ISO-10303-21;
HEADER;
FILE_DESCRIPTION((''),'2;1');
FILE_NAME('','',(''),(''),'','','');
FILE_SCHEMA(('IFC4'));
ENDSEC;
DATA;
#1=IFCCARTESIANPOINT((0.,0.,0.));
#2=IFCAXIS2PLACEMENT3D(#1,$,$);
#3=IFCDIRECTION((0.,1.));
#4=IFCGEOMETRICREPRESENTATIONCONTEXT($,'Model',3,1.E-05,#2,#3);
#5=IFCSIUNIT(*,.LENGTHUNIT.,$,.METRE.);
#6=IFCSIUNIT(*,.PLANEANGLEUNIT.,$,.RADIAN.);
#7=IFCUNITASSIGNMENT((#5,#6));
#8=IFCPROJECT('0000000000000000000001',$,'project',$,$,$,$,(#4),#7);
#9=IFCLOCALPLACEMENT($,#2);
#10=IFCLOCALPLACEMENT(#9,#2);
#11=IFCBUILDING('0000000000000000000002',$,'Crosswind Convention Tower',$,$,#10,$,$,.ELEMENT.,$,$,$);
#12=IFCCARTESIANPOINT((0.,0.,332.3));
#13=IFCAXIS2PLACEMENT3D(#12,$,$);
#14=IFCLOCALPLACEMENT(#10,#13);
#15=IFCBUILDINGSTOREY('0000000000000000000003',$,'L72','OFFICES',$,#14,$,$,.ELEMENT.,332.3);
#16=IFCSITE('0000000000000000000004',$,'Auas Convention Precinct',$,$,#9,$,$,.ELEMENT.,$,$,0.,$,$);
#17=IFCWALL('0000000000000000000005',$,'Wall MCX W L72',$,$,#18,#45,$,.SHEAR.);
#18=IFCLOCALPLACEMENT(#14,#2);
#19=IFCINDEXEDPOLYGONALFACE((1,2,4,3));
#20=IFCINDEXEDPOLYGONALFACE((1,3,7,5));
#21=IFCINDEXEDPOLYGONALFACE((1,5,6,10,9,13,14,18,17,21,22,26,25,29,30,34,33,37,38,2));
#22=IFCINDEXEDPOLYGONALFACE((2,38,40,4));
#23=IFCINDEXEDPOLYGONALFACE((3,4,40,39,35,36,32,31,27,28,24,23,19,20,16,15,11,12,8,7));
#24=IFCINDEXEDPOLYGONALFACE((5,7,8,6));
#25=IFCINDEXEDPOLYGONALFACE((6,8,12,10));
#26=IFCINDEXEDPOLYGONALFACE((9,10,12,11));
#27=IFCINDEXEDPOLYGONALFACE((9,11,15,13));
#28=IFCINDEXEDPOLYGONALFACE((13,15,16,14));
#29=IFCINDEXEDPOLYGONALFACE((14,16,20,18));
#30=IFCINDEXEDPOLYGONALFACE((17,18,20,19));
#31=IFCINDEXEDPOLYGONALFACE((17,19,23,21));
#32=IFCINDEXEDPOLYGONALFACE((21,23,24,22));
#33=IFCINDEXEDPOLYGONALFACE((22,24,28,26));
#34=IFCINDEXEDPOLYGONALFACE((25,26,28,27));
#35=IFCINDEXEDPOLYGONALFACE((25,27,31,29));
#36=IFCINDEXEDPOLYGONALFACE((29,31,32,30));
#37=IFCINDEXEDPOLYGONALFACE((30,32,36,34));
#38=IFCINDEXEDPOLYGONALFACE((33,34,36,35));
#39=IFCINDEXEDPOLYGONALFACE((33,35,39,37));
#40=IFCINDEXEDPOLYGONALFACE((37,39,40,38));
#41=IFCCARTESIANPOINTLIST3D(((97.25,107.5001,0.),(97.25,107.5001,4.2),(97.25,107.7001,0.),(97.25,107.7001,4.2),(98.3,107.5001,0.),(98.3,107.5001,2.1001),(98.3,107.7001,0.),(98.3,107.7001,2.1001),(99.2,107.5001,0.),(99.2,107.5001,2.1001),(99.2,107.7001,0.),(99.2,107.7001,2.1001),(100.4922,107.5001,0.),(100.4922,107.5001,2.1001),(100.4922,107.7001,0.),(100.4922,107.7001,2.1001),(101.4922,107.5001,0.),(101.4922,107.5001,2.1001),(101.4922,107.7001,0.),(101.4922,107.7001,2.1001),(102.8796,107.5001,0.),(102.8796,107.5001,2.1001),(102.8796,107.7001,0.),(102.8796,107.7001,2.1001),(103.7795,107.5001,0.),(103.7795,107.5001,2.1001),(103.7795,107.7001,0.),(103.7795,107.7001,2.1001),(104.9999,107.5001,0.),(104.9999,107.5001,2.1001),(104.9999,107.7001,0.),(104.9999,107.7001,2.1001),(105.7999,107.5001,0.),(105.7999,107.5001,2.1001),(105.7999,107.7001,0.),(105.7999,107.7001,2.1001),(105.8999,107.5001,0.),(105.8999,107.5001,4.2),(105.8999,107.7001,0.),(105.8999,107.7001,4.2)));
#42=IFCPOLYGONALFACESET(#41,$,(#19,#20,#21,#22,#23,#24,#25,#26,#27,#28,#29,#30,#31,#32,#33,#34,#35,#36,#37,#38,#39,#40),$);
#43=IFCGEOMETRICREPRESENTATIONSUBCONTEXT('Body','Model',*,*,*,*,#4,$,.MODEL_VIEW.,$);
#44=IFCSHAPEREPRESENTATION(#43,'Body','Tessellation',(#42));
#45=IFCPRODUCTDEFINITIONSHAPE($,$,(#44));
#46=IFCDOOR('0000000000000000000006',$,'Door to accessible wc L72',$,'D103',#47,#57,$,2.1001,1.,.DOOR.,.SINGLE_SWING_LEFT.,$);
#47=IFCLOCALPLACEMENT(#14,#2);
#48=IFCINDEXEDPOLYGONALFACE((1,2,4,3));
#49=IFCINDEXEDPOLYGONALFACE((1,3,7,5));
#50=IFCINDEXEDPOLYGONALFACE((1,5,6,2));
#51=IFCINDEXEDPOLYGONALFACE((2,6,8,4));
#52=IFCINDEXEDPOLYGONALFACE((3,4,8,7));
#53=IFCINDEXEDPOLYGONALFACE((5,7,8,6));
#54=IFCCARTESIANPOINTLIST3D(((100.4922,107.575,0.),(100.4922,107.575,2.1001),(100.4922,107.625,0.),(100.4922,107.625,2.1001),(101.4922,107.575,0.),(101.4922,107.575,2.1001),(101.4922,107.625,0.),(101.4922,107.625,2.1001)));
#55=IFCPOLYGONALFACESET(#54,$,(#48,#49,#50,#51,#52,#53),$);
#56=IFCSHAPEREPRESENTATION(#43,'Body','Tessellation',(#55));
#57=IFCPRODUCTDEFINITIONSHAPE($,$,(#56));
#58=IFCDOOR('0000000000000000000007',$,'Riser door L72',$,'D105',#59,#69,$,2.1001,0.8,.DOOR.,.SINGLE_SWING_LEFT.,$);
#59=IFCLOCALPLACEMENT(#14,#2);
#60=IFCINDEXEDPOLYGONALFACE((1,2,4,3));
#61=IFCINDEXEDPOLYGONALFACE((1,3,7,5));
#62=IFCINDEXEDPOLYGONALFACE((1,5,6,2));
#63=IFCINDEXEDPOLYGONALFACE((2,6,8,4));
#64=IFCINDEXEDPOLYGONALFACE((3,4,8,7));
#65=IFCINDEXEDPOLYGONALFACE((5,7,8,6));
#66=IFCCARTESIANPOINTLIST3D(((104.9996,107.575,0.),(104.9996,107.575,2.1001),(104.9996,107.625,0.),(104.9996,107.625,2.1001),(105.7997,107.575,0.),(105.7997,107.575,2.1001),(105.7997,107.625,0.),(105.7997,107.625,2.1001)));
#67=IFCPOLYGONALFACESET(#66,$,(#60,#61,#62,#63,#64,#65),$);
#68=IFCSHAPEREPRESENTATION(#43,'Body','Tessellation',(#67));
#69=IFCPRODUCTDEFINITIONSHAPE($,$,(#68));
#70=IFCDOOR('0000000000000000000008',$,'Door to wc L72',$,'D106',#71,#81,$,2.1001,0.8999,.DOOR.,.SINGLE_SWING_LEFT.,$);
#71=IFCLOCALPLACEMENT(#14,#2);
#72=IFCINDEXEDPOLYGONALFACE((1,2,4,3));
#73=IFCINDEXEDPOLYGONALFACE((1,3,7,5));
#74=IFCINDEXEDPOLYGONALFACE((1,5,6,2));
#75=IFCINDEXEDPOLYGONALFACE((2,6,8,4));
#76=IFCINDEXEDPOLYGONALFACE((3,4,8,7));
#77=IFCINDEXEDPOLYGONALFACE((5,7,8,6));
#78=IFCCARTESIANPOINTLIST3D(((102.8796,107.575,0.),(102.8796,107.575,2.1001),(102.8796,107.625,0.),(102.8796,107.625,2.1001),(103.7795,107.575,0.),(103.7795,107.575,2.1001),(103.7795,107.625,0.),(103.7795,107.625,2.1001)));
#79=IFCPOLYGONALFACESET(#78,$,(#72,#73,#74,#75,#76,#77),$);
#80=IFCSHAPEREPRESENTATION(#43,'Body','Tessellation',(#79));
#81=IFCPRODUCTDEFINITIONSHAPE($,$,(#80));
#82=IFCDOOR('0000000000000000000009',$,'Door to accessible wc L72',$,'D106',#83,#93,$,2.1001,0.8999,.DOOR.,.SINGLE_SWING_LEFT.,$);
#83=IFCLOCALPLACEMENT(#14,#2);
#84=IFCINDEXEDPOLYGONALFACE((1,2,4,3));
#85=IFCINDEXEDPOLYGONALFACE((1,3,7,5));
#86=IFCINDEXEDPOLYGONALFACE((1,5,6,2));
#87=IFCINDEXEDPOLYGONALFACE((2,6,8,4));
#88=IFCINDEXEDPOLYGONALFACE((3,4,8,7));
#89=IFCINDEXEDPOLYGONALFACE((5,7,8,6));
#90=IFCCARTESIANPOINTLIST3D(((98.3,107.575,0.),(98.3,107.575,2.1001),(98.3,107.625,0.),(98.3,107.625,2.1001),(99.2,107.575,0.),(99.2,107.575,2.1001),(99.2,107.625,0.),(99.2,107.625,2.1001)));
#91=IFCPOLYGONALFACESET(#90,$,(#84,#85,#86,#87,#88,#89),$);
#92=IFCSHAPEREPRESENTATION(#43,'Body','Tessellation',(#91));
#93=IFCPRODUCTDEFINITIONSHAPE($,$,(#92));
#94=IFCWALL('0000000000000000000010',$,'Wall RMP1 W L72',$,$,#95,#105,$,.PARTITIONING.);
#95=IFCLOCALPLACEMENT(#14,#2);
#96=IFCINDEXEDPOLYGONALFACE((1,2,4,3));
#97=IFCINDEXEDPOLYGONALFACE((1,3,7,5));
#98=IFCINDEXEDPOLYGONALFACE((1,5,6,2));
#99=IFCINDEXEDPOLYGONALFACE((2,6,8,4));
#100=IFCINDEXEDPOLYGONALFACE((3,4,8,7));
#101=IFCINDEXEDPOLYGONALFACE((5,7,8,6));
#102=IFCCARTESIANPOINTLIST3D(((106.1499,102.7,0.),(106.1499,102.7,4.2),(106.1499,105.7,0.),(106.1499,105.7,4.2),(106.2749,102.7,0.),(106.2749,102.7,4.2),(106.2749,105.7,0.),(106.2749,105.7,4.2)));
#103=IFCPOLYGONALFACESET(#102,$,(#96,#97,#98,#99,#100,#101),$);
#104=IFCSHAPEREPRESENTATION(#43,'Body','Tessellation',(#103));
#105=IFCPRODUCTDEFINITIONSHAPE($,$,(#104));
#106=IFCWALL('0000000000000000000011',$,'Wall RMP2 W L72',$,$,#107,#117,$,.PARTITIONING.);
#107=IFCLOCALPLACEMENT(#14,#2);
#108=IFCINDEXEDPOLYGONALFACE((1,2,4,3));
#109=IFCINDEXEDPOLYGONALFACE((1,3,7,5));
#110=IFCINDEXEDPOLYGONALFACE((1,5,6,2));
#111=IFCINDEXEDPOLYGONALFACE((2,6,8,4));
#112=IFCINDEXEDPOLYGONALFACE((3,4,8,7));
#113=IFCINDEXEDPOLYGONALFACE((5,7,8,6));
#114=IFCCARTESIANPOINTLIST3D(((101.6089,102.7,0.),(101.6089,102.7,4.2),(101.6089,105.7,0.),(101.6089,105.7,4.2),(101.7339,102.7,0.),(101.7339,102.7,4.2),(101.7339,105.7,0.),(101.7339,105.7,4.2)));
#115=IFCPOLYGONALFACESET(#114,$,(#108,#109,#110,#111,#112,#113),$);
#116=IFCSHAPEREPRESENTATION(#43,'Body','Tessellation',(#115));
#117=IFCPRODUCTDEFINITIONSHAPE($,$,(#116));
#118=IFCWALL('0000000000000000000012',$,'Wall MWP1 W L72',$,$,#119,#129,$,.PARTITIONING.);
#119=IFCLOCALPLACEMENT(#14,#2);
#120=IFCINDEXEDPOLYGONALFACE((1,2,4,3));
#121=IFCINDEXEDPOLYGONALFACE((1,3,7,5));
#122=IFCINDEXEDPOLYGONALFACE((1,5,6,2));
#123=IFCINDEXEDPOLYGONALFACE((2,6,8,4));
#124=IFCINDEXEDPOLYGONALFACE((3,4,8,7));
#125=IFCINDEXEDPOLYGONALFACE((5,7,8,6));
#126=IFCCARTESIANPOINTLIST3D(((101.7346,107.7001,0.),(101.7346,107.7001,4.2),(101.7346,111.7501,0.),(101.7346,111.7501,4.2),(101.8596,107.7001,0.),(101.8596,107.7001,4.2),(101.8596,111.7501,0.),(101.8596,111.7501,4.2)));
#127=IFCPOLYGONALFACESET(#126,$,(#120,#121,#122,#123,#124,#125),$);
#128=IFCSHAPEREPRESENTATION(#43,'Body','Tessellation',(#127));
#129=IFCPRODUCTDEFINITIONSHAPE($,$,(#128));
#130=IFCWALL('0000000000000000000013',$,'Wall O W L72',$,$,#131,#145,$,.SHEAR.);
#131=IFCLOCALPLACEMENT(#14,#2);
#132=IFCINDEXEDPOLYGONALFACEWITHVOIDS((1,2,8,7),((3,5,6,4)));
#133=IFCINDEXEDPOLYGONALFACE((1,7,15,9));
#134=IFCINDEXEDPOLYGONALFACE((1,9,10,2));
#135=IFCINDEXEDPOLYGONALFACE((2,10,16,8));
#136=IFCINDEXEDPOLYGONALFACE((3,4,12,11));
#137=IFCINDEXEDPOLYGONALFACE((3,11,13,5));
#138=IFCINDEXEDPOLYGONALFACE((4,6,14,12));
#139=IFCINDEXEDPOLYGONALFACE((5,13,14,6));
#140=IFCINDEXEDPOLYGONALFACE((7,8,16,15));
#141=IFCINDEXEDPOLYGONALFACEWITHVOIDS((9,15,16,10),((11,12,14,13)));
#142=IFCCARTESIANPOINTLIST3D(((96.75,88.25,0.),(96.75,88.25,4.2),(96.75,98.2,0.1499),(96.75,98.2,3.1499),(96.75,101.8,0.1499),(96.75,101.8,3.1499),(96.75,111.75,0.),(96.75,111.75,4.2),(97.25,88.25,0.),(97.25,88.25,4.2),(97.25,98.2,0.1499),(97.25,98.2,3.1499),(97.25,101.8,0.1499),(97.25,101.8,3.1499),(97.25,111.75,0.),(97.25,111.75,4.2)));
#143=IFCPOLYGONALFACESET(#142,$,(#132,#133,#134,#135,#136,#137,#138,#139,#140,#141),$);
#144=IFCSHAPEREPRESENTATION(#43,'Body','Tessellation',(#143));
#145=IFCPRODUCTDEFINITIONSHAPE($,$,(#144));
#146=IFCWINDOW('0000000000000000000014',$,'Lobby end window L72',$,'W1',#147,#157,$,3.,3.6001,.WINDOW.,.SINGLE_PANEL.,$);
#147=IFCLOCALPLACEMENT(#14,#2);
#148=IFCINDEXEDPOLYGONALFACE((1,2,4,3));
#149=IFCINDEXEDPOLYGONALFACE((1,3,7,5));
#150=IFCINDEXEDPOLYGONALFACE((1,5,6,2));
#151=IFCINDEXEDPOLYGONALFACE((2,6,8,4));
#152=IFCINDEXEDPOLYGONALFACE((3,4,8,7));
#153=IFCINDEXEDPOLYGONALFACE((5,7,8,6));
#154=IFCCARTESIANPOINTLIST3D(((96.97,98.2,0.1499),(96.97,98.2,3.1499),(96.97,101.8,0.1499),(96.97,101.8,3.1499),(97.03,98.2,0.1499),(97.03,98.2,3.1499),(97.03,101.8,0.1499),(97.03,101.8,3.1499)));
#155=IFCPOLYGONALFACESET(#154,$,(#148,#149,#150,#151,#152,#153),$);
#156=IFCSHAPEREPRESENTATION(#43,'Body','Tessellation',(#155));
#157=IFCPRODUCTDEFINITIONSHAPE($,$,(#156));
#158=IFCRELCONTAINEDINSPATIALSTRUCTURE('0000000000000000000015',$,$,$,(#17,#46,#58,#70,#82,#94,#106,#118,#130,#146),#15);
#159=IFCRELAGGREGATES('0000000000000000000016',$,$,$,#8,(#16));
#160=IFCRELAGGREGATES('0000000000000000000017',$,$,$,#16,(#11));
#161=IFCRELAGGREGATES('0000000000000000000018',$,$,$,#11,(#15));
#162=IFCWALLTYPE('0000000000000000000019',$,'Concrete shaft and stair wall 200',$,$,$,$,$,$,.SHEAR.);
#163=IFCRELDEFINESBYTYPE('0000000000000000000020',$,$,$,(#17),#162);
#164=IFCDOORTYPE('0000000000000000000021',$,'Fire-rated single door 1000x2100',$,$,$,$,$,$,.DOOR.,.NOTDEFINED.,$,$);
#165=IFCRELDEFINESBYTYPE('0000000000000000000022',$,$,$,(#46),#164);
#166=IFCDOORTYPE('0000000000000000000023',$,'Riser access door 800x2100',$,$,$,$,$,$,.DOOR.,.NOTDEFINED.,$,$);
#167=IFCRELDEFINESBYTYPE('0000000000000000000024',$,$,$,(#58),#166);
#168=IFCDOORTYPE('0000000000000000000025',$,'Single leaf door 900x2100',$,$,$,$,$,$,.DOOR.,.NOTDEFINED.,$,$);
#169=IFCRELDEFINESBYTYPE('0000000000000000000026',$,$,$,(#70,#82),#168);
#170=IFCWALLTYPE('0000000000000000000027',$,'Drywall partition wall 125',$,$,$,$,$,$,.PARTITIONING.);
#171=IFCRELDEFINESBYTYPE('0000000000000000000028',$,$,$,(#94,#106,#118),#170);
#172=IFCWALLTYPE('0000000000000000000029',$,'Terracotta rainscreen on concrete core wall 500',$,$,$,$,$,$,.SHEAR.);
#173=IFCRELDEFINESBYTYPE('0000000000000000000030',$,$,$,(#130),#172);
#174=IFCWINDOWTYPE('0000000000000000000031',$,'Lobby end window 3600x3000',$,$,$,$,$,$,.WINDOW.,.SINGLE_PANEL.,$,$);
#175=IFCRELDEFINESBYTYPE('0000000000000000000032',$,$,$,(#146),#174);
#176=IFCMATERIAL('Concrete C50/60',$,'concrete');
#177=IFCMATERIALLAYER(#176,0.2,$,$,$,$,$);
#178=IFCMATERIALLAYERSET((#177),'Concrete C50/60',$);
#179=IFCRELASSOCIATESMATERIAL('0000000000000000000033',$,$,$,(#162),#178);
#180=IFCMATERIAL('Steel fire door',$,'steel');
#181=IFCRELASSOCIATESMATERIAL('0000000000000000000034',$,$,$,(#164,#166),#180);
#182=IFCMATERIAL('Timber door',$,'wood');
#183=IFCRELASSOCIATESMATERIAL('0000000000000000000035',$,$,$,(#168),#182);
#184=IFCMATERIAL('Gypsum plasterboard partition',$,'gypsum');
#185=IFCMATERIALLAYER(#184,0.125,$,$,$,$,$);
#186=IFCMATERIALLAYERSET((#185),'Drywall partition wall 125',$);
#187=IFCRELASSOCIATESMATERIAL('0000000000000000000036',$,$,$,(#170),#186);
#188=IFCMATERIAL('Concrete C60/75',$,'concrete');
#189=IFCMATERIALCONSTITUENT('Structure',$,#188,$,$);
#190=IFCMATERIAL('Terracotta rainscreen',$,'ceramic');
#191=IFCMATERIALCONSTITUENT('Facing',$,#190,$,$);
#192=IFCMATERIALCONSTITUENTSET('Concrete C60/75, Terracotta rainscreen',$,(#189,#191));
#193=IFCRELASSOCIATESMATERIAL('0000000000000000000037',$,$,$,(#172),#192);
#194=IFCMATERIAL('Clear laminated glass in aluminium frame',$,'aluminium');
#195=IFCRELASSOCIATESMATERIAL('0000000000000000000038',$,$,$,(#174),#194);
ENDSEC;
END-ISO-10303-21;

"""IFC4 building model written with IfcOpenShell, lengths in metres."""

from ifc_helpers import new_model, si_unit, direction, frame, frame_2d, origin, place, context, subcontext, project, spatial, rectangle, extrude, material, layer, layer_set, constituent, constituent_set, type_object, element, fill, save


model = new_model("IFC4")

# Units and contexts
model_context = context("Model", 3, precision=1e-05, world=origin(), true_north=direction((0.0, 1.0)))
body_context = subcontext(model_context, "Body", "Model", "MODEL_VIEW")
ifc_project = project(units=[si_unit("LENGTHUNIT", "METRE"), si_unit("PLANEANGLEUNIT", "RADIAN")], contexts=[model_context])

# Site, building, storey
site_placement = place(None, origin())
site = spatial("IfcSite", under=ifc_project, at=site_placement, Name="Auas Convention Precinct", CompositionType="ELEMENT", RefElevation=0.0)
building_placement = place(site_placement, origin())
building = spatial("IfcBuilding", under=site, at=building_placement, Name="Crosswind Convention Tower", CompositionType="ELEMENT")
storey_placement = place(building_placement, frame((0.0, 0.0, 332.3)))
storey = spatial("IfcBuildingStorey", under=building, at=storey_placement, Name="L72", Description="OFFICES", CompositionType="ELEMENT", Elevation=332.3)

# Shared definitions
ifc_material_1 = material(Name="Concrete C50/60", Category="concrete")
ifc_layer_1 = layer(ifc_material_1, 0.2)
ifc_layer_set_1 = layer_set([ifc_layer_1], Name="Concrete C50/60")
wall_type_1 = type_object("IfcWallType", Name="Concrete shaft and stair wall 200", PredefinedType="SHEAR", material=ifc_layer_set_1)

# Wall, openings, doors
wall_1_placement = place(storey_placement, frame((105.8999, 107.6001, 0.0), z_axis=(0.0, 0.0, 1.0), x_axis=(-1.0, 0.0, 0.0)))
wall_1 = element("IfcWall", 1, at=wall_1_placement, inside=storey, type_object=wall_type_1, Name="Wall MCX W L72", PredefinedType="SHEAR", context=body_context, shape_type="SweptSolid", body=[
    extrude(rectangle(XDim=8.6499, YDim=0.2, at=frame_2d((4.325, 0.0))), origin(), (0.0, 0.0, 1.0), 4.2),
])
opening_1_placement = place(wall_1_placement, frame((0.1001, 0.0, 0.0)))
opening_1 = element("IfcOpeningElement", 2, at=opening_1_placement, cuts=wall_1, PredefinedType="OPENING", context=body_context, shape_type="SweptSolid", body=[
    extrude(rectangle(XDim=0.8, YDim=2.1001, at=frame_2d((0.3999, 1.05))), frame((0.0, 0.1099, 0.0), z_axis=(0.0, -1.0, 0.0), x_axis=(1.0, 0.0, 0.0)), (0.0, 0.0, 1.0), 0.22),
])
opening_2_placement = place(wall_1_placement, frame((2.1204, 0.0, 0.0)))
opening_2 = element("IfcOpeningElement", 3, at=opening_2_placement, cuts=wall_1, PredefinedType="OPENING", context=body_context, shape_type="SweptSolid", body=[
    extrude(rectangle(XDim=0.8999, YDim=2.1001, at=frame_2d((0.45, 1.05))), frame((0.0, 0.1099, 0.0), z_axis=(0.0, -1.0, 0.0), x_axis=(1.0, 0.0, 0.0)), (0.0, 0.0, 1.0), 0.22),
])
opening_3_placement = place(wall_1_placement, frame((4.4077, 0.0, 0.0)))
opening_3 = element("IfcOpeningElement", 4, at=opening_3_placement, cuts=wall_1, PredefinedType="OPENING", context=body_context, shape_type="SweptSolid", body=[
    extrude(rectangle(XDim=1.0, YDim=2.1001, at=frame_2d((0.5, 1.05))), frame((0.0, 0.1099, 0.0), z_axis=(0.0, -1.0, 0.0), x_axis=(1.0, 0.0, 0.0)), (0.0, 0.0, 1.0), 0.22),
])
opening_4_placement = place(wall_1_placement, frame((6.7, 0.0, 0.0)))
opening_4 = element("IfcOpeningElement", 5, at=opening_4_placement, cuts=wall_1, PredefinedType="OPENING", context=body_context, shape_type="SweptSolid", body=[
    extrude(rectangle(XDim=0.8999, YDim=2.1001, at=frame_2d((0.45, 1.05))), frame((0.0, 0.1099, 0.0), z_axis=(0.0, -1.0, 0.0), x_axis=(1.0, 0.0, 0.0)), (0.0, 0.0, 1.0), 0.22),
])
ifc_material_2 = material(Name="Steel fire door", Category="steel")
door_type_1 = type_object("IfcDoorType", Name="Fire-rated single door 1000x2100", OperationType="NOTDEFINED", PredefinedType="DOOR", material=ifc_material_2)
door_1_placement = place(opening_3_placement, frame((1.0, 0.0, 0.0), z_axis=(0.0, 0.0, 1.0), x_axis=(-1.0, 0.0, 0.0)))
door_1 = element("IfcDoor", 6, at=door_1_placement, inside=storey, type_object=door_type_1, Name="Door to accessible wc L72", ObjectType="D103", OperationType="SINGLE_SWING_LEFT", OverallHeight=2.1001, OverallWidth=1.0, PredefinedType="DOOR", context=body_context, shape_type="SweptSolid", body=[
    extrude(rectangle(XDim=1.0, YDim=2.1001, at=frame_2d((0.5, 1.05))), frame((0.0, 0.0249, 0.0), z_axis=(0.0, -1.0, 0.0), x_axis=(1.0, 0.0, 0.0)), (0.0, 0.0, 1.0), 0.05),
])
fill(opening_3, door_1)
door_type_2 = type_object("IfcDoorType", Name="Riser access door 800x2100", OperationType="NOTDEFINED", PredefinedType="DOOR", material=ifc_material_2)
door_2_placement = place(opening_1_placement, frame((0.8, 0.0, 0.0), z_axis=(0.0, 0.0, 1.0), x_axis=(-1.0, 0.0, 0.0)))
door_2 = element("IfcDoor", 7, at=door_2_placement, inside=storey, type_object=door_type_2, Name="Riser door L72", ObjectType="D105", OperationType="SINGLE_SWING_LEFT", OverallHeight=2.1001, OverallWidth=0.8, PredefinedType="DOOR", context=body_context, shape_type="SweptSolid", body=[
    extrude(rectangle(XDim=0.8, YDim=2.1001, at=frame_2d((0.3999, 1.05))), frame((0.0, 0.0249, 0.0), z_axis=(0.0, -1.0, 0.0), x_axis=(1.0, 0.0, 0.0)), (0.0, 0.0, 1.0), 0.05),
])
fill(opening_1, door_2)
ifc_material_3 = material(Name="Timber door", Category="wood")
door_type_3 = type_object("IfcDoorType", Name="Single leaf door 900x2100", OperationType="NOTDEFINED", PredefinedType="DOOR", material=ifc_material_3)
door_3_placement = place(opening_2_placement, frame((0.8999, 0.0, 0.0), z_axis=(0.0, 0.0, 1.0), x_axis=(-1.0, 0.0, 0.0)))
door_3 = element("IfcDoor", 8, at=door_3_placement, inside=storey, type_object=door_type_3, Name="Door to wc L72", ObjectType="D106", OperationType="SINGLE_SWING_LEFT", OverallHeight=2.1001, OverallWidth=0.8999, PredefinedType="DOOR", context=body_context, shape_type="SweptSolid", body=[
    extrude(rectangle(XDim=0.8999, YDim=2.1001, at=frame_2d((0.45, 1.05))), frame((0.0, 0.0249, 0.0), z_axis=(0.0, -1.0, 0.0), x_axis=(1.0, 0.0, 0.0)), (0.0, 0.0, 1.0), 0.05),
])
fill(opening_2, door_3)
door_4_placement = place(opening_4_placement, frame((0.8999, 0.0, 0.0), z_axis=(0.0, 0.0, 1.0), x_axis=(-1.0, 0.0, 0.0)))
door_4 = element("IfcDoor", 9, at=door_4_placement, inside=storey, type_object=door_type_3, Name="Door to accessible wc L72", ObjectType="D106", OperationType="SINGLE_SWING_LEFT", OverallHeight=2.1001, OverallWidth=0.8999, PredefinedType="DOOR", context=body_context, shape_type="SweptSolid", body=[
    extrude(rectangle(XDim=0.8999, YDim=2.1001, at=frame_2d((0.45, 1.05))), frame((0.0, 0.0249, 0.0), z_axis=(0.0, -1.0, 0.0), x_axis=(1.0, 0.0, 0.0)), (0.0, 0.0, 1.0), 0.05),
])
fill(opening_4, door_4)

# Walls
ifc_material_4 = material(Name="Gypsum plasterboard partition", Category="gypsum")
ifc_layer_2 = layer(ifc_material_4, 0.125)
ifc_layer_set_2 = layer_set([ifc_layer_2], Name="Drywall partition wall 125")
wall_type_2 = type_object("IfcWallType", Name="Drywall partition wall 125", PredefinedType="PARTITIONING", material=ifc_layer_set_2)
for number, where, z_axis, x_axis, name in (
    (10, (106.2124, 105.7, 0.0), (0.0, 0.0, 1.0), (0.0, -1.0, 0.0), "Wall RMP1 W L72"),
    (11, (101.6714, 105.7, 0.0), (0.0, 0.0, 1.0), (0.0, -1.0, 0.0), "Wall RMP2 W L72"),
):
    element("IfcWall", number, at=place(storey_placement, frame(where, z_axis=z_axis, x_axis=x_axis)), inside=storey, type_object=wall_type_2, Name=name, PredefinedType="PARTITIONING", context=body_context, shape_type="SweptSolid", body=[
        extrude(rectangle(XDim=3.0, YDim=0.125, at=frame_2d((1.5, 0.0))), origin(), (0.0, 0.0, 1.0), 4.2),
    ])
wall_2_placement = place(storey_placement, frame((101.7971, 111.75, 0.0), z_axis=(0.0, 0.0, 1.0), x_axis=(0.0, -1.0, 0.0)))
element("IfcWall", 12, at=wall_2_placement, inside=storey, type_object=wall_type_2, Name="Wall MWP1 W L72", PredefinedType="PARTITIONING", context=body_context, shape_type="SweptSolid", body=[
    extrude(rectangle(XDim=4.05, YDim=0.125, at=frame_2d((2.0249, 0.0))), origin(), (0.0, 0.0, 1.0), 4.2),
])

# Wall, opening, window
ifc_material_5 = material(Name="Concrete C60/75", Category="concrete")
ifc_constituent_1 = constituent(ifc_material_5, Name="Structure")
ifc_material_6 = material(Name="Terracotta rainscreen", Category="ceramic")
ifc_constituent_2 = constituent(ifc_material_6, Name="Facing")
ifc_constituent_set = constituent_set(constituents=[ifc_constituent_1, ifc_constituent_2], Name="Concrete C60/75, Terracotta rainscreen")
wall_type_3 = type_object("IfcWallType", Name="Terracotta rainscreen on concrete core wall 500", PredefinedType="SHEAR", material=ifc_constituent_set)
wall_3_placement = place(storey_placement, frame((97.0, 111.75, 0.0), z_axis=(0.0, 0.0, 1.0), x_axis=(0.0, -1.0, 0.0)))
wall_3 = element("IfcWall", 13, at=wall_3_placement, inside=storey, type_object=wall_type_3, Name="Wall O W L72", PredefinedType="SHEAR", context=body_context, shape_type="SweptSolid", body=[
    extrude(rectangle(XDim=23.5, YDim=0.5, at=frame_2d((11.75, 0.0))), origin(), (0.0, 0.0, 1.0), 4.2),
])
opening_5_placement = place(wall_3_placement, frame((9.95, 0.0, 0.1499)))
opening_5 = element("IfcOpeningElement", 14, at=opening_5_placement, cuts=wall_3, PredefinedType="OPENING", context=body_context, shape_type="SweptSolid", body=[
    extrude(rectangle(XDim=3.6001, YDim=3.0, at=frame_2d((1.8, 1.5))), frame((0.0, 0.26, 0.0), z_axis=(0.0, -1.0, 0.0), x_axis=(1.0, 0.0, 0.0)), (0.0, 0.0, 1.0), 0.52),
])
ifc_material_7 = material(Name="Clear laminated glass in aluminium frame", Category="aluminium")
window_type = type_object("IfcWindowType", Name="Lobby end window 3600x3000", PartitioningType="SINGLE_PANEL", PredefinedType="WINDOW", material=ifc_material_7)
window_placement = place(opening_5_placement, origin())
window = element("IfcWindow", 15, at=window_placement, inside=storey, type_object=window_type, Name="Lobby end window L72", ObjectType="W1", OverallHeight=3.0, OverallWidth=3.6001, PartitioningType="SINGLE_PANEL", PredefinedType="WINDOW", context=body_context, shape_type="SweptSolid", body=[
    extrude(rectangle(XDim=3.6001, YDim=3.0, at=frame_2d((1.8, 1.5))), frame((0.0, 0.03, 0.0), z_axis=(0.0, -1.0, 0.0), x_axis=(1.0, 0.0, 0.0)), (0.0, 0.0, 1.0), 0.0601),
])
fill(opening_5, window)

save(model, "model.ifc")
